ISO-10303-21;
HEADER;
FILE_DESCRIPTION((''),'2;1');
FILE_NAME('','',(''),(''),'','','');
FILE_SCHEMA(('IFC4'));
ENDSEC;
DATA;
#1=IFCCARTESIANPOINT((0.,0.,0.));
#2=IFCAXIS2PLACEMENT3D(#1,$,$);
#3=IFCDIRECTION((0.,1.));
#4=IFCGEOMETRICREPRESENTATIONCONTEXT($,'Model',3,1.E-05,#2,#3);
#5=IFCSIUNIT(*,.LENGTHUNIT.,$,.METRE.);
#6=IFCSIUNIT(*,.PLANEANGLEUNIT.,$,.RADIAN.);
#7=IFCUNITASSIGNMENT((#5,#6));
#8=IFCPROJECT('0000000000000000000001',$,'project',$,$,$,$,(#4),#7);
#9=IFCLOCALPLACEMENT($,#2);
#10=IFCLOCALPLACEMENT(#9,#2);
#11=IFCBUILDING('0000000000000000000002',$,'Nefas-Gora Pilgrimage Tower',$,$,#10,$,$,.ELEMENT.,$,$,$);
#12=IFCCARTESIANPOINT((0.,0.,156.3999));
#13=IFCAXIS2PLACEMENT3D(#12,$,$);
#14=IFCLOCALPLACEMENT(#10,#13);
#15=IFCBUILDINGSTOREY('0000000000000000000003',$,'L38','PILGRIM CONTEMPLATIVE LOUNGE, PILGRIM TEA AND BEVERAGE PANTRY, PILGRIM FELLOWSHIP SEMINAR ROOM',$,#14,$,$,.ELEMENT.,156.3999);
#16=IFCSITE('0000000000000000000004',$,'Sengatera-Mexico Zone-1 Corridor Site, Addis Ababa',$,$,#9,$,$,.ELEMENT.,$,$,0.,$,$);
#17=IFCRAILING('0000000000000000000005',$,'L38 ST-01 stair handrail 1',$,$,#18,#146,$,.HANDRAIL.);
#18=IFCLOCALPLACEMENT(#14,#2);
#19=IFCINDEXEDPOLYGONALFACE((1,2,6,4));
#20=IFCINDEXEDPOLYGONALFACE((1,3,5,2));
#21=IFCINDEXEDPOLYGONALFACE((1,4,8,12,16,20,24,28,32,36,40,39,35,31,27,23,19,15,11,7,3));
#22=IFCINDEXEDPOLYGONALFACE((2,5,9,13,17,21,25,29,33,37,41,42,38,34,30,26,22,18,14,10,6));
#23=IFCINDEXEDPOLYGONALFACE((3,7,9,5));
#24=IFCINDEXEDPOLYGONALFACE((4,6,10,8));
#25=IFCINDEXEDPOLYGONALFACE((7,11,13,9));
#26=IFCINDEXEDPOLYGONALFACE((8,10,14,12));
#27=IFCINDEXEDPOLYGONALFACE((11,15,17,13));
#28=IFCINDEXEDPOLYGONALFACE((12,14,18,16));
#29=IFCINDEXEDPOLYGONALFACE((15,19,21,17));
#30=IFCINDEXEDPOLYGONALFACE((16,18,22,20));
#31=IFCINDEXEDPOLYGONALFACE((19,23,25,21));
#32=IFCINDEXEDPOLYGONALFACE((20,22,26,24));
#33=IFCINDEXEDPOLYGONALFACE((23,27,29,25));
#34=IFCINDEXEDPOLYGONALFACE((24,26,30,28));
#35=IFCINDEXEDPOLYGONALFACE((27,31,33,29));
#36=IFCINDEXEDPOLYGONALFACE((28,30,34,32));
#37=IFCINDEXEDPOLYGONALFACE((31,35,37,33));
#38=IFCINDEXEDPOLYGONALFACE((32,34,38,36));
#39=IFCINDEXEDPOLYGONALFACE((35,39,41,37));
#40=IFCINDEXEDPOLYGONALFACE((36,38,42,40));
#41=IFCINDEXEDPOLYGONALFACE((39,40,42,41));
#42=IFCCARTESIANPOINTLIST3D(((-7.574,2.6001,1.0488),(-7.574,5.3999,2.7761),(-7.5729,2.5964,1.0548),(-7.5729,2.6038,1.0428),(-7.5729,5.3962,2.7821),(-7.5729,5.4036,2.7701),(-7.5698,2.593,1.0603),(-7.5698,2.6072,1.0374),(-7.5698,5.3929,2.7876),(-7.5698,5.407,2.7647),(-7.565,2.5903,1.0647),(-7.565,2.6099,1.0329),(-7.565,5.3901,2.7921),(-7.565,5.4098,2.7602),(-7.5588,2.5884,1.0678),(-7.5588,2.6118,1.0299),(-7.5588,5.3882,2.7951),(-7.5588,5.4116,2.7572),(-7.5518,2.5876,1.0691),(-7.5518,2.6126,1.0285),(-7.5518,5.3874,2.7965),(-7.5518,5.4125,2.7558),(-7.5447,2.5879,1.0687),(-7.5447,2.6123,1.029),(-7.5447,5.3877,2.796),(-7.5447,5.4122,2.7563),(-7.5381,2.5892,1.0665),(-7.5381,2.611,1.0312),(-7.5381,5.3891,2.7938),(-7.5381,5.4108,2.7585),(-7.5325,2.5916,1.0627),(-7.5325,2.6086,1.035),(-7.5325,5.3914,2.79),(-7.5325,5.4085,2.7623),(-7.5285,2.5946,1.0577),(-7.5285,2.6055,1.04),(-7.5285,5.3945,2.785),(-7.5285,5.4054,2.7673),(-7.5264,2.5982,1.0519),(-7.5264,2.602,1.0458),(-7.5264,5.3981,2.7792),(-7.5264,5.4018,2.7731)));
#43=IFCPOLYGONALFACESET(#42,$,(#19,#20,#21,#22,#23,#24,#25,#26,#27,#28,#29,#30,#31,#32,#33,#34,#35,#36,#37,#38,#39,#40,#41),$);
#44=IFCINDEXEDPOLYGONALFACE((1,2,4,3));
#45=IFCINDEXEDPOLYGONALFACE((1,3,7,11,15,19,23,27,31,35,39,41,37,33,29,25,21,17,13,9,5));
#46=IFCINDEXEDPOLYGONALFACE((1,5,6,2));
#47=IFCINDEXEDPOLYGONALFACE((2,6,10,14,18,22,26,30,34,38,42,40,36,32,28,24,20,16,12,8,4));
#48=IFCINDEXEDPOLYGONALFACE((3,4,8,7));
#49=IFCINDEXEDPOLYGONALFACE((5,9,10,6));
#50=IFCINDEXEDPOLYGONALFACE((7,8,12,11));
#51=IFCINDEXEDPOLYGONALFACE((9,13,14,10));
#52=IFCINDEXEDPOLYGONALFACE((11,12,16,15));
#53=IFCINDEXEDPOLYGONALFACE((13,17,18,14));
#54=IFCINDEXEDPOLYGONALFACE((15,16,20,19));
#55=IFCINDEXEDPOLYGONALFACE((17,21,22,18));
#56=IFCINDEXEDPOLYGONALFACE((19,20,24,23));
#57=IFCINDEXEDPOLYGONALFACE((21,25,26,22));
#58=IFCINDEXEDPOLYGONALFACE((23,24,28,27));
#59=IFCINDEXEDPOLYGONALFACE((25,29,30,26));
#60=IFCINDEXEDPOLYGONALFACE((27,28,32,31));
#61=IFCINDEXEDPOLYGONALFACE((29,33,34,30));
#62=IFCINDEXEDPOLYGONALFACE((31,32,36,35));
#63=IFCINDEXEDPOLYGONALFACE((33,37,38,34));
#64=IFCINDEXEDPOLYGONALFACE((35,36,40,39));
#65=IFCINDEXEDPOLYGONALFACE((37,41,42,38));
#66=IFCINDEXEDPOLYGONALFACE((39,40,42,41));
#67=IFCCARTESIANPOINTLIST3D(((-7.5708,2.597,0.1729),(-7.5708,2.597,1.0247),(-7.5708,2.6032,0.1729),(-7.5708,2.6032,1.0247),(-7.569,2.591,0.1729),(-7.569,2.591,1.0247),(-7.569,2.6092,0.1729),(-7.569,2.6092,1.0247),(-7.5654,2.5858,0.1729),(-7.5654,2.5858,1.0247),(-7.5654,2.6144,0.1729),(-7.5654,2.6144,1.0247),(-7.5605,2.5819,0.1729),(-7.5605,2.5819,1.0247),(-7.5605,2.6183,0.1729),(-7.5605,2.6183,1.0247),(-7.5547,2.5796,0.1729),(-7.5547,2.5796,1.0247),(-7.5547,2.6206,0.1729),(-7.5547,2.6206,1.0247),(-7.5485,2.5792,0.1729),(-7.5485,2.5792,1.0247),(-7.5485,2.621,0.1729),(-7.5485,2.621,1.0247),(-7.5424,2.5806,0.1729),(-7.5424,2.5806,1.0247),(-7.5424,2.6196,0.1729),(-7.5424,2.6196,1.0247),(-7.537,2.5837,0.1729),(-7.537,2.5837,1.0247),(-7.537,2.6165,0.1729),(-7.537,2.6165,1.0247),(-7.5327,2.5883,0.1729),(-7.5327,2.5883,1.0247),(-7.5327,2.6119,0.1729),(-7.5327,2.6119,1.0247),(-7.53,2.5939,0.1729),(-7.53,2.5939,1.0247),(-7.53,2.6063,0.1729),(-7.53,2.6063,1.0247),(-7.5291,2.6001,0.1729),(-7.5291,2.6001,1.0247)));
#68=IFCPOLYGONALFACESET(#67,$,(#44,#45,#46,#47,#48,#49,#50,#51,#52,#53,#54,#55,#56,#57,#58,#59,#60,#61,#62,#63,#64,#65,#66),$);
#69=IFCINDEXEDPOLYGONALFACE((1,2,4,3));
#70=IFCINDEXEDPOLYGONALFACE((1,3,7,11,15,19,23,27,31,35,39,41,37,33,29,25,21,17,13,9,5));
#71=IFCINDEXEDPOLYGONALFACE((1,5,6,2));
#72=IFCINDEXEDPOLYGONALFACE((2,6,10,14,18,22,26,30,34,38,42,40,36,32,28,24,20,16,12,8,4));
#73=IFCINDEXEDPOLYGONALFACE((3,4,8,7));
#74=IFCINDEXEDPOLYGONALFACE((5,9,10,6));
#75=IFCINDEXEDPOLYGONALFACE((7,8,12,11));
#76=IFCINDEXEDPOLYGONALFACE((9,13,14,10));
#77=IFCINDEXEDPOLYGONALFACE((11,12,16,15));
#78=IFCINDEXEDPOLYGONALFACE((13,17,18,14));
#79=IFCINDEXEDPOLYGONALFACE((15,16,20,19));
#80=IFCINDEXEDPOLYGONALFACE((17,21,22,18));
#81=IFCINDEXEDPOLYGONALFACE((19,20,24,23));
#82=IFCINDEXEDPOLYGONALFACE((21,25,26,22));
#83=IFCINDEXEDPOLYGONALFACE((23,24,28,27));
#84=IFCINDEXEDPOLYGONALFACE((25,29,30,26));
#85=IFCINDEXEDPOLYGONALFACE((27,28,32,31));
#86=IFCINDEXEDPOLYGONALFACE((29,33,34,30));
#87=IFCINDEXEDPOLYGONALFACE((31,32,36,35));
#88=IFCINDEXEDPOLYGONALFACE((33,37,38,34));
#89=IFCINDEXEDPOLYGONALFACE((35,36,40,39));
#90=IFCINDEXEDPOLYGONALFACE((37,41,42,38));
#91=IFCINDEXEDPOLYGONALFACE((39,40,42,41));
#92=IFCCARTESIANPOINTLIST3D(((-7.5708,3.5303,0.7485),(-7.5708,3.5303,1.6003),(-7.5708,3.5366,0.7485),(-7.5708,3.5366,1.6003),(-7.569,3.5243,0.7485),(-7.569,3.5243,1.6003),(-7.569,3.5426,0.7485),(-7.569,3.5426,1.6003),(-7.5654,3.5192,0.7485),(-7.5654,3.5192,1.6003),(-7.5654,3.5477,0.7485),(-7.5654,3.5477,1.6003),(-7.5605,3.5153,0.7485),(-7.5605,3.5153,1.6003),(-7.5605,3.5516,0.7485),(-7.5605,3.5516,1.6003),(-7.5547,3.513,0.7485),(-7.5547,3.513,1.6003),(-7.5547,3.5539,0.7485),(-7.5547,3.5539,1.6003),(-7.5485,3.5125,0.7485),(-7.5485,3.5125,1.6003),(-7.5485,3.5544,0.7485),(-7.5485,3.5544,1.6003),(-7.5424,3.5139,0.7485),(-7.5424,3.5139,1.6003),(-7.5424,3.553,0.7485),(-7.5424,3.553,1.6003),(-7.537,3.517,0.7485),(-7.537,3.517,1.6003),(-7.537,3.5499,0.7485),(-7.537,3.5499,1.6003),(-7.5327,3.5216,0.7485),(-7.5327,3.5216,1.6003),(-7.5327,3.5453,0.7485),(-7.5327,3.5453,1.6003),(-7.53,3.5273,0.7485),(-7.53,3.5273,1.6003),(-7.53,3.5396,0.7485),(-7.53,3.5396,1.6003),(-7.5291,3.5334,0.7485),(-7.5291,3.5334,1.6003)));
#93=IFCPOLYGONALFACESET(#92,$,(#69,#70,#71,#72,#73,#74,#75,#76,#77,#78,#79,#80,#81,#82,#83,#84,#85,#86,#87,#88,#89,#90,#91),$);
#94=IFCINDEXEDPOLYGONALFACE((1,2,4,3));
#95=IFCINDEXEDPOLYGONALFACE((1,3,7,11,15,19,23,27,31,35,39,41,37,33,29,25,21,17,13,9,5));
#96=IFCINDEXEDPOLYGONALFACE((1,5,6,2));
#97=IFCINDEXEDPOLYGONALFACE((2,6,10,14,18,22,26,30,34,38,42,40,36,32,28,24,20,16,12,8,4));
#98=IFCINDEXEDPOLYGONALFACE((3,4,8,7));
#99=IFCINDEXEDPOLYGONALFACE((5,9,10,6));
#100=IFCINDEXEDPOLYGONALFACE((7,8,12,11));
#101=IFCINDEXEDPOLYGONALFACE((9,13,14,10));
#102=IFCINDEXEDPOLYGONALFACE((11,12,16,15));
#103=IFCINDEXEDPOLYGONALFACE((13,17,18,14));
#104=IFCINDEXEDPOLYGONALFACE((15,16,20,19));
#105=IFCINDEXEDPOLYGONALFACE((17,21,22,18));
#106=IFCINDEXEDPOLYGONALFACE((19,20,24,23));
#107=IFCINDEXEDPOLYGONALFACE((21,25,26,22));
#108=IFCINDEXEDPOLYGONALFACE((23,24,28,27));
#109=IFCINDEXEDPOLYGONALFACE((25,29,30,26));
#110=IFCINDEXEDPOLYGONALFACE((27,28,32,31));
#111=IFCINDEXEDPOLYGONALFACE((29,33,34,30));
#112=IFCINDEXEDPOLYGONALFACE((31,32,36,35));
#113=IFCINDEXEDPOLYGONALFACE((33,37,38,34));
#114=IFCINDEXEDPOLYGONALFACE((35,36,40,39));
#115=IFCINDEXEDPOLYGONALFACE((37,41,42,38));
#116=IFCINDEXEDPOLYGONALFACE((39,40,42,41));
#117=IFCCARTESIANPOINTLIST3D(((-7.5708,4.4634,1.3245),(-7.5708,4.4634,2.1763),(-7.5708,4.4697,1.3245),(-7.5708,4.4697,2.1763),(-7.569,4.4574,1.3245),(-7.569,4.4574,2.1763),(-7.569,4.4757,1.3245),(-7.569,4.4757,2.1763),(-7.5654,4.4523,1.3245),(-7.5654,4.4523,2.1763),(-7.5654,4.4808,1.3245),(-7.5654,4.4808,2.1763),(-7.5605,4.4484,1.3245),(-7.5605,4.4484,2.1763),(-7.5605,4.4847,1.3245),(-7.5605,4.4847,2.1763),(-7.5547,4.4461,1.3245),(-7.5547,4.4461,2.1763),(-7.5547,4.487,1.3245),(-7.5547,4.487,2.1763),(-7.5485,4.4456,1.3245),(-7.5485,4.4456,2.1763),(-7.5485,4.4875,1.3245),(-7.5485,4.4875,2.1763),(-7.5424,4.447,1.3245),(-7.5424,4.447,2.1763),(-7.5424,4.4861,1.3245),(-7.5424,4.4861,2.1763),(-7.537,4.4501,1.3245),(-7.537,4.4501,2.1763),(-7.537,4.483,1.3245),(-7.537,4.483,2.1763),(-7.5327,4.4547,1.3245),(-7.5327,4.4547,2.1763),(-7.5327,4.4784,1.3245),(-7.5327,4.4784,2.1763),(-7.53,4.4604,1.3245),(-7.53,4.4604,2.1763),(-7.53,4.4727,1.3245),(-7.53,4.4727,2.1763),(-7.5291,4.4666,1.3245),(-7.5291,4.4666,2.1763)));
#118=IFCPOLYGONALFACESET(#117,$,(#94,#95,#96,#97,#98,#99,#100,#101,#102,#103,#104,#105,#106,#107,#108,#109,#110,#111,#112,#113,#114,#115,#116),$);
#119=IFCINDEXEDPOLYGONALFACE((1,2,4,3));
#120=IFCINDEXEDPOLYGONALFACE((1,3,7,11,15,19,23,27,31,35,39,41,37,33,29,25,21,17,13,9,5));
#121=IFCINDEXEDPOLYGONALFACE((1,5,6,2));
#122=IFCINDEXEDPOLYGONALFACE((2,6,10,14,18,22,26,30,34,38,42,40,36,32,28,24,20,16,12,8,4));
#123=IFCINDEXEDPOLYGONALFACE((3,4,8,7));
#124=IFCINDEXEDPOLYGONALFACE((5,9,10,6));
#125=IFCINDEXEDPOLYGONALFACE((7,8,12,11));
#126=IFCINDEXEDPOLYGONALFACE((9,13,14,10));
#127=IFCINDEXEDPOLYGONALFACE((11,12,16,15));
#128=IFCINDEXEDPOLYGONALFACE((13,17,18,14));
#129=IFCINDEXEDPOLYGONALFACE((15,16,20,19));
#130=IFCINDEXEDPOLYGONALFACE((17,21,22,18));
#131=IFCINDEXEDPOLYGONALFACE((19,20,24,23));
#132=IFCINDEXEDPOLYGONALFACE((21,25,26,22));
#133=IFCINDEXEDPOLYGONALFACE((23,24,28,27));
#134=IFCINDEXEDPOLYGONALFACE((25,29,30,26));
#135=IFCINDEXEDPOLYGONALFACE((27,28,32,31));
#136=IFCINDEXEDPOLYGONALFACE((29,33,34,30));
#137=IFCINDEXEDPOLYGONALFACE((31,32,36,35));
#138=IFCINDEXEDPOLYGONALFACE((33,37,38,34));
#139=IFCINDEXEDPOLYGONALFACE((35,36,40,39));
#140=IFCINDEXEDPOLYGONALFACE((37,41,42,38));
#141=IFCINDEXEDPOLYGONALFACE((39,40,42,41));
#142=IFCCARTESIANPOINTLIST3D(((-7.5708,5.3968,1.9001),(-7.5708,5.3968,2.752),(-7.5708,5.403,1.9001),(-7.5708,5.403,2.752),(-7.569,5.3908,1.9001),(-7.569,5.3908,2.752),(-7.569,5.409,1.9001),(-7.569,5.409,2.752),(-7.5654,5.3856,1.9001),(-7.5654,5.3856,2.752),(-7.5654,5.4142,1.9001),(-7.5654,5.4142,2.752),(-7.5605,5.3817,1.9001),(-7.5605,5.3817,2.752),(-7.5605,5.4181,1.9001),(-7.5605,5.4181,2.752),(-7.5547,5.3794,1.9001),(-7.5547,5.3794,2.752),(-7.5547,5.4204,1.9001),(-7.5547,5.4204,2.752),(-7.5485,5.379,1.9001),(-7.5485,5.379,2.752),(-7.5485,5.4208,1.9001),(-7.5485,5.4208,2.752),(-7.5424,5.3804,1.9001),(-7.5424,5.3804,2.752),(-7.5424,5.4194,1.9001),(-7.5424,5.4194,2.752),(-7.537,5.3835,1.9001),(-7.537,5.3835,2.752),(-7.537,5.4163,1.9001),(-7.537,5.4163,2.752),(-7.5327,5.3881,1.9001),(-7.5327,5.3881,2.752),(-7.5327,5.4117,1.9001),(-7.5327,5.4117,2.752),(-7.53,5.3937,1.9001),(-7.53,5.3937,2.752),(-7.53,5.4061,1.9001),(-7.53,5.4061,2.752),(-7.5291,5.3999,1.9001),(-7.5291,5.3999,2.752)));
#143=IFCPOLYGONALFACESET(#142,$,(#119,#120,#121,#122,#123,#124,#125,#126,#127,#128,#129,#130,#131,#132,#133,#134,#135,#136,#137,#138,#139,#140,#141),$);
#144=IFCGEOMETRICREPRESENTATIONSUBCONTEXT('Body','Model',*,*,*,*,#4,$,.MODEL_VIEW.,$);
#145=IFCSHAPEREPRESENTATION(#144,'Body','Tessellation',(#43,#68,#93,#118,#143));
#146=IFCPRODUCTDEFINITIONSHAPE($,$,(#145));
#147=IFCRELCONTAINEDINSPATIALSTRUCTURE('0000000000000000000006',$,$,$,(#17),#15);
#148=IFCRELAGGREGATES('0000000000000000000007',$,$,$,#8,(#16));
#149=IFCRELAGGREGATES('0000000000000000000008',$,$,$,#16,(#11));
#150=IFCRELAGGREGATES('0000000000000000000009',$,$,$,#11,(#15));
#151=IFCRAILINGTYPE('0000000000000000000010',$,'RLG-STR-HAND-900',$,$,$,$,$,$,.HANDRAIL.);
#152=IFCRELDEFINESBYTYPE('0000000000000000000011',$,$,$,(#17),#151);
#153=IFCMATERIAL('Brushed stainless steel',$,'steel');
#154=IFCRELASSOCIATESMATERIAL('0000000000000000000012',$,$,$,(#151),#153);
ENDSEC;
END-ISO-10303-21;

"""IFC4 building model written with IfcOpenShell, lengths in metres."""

from ifc_helpers import new_model, si_unit, direction, frame, origin, origin_2d, place, context, subcontext, project, spatial, circle, extrude, material, type_object, element, save


model = new_model("IFC4")

# Units and contexts
model_context = context("Model", 3, precision=1e-05, world=origin(), true_north=direction((0.0, 1.0)))
body_context = subcontext(model_context, "Body", "Model", "MODEL_VIEW")
ifc_project = project(units=[si_unit("LENGTHUNIT", "METRE"), si_unit("PLANEANGLEUNIT", "RADIAN")], contexts=[model_context])

# Site, building, storey
site_placement = place(None, origin())
site = spatial("IfcSite", under=ifc_project, at=site_placement, Name="Sengatera-Mexico Zone-1 Corridor Site, Addis Ababa", CompositionType="ELEMENT", RefElevation=0.0)
building_placement = place(site_placement, origin())
building = spatial("IfcBuilding", under=site, at=building_placement, Name="Nefas-Gora Pilgrimage Tower", CompositionType="ELEMENT")
storey_placement = place(building_placement, frame((0.0, 0.0, 156.3999)))
storey = spatial("IfcBuildingStorey", under=building, at=storey_placement, Name="L38", Description="PILGRIM CONTEMPLATIVE LOUNGE, PILGRIM TEA AND BEVERAGE PANTRY, PILGRIM FELLOWSHIP SEMINAR ROOM", CompositionType="ELEMENT", Elevation=156.3999)

# Railing
ifc_material_1 = material(Name="Brushed stainless steel", Category="steel")
railing_type_1 = type_object("IfcRailingType", Name="RLG-STR-HAND-900", PredefinedType="HANDRAIL", material=ifc_material_1)
railing_1_placement = place(storey_placement, frame((-7.55, 2.6001, 0.1729)))
element("IfcRailing", 1, at=railing_1_placement, inside=storey, type_object=railing_type_1, Name="L38 ST-01 stair handrail 1", PredefinedType="HANDRAIL", context=body_context, shape_type="SweptSolid", body=[
    extrude(circle(Radius=0.0239, at=origin_2d()), frame((0.0, 0.0, 0.876), z_axis=(0.0, 0.851069, 0.525054), x_axis=(-1.0, 0.0, 0.0)), (0.0, 0.0, 1.0), 3.2898),
    extrude(circle(Radius=0.021, at=origin_2d()), origin(), (0.0, 0.0, 1.0), 0.8518),
    extrude(circle(Radius=0.021, at=origin_2d()), frame((0.0, 0.9333, 0.5757)), (0.0, 0.0, 1.0), 0.8518),
    extrude(circle(Radius=0.021, at=origin_2d()), frame((0.0, 1.8665, 1.1516)), (0.0, 0.0, 1.0), 0.8518),
    extrude(circle(Radius=0.021, at=origin_2d()), frame((0.0, 2.7998, 1.7273)), (0.0, 0.0, 1.0), 0.8518),
])

save(model, "model.ifc")
